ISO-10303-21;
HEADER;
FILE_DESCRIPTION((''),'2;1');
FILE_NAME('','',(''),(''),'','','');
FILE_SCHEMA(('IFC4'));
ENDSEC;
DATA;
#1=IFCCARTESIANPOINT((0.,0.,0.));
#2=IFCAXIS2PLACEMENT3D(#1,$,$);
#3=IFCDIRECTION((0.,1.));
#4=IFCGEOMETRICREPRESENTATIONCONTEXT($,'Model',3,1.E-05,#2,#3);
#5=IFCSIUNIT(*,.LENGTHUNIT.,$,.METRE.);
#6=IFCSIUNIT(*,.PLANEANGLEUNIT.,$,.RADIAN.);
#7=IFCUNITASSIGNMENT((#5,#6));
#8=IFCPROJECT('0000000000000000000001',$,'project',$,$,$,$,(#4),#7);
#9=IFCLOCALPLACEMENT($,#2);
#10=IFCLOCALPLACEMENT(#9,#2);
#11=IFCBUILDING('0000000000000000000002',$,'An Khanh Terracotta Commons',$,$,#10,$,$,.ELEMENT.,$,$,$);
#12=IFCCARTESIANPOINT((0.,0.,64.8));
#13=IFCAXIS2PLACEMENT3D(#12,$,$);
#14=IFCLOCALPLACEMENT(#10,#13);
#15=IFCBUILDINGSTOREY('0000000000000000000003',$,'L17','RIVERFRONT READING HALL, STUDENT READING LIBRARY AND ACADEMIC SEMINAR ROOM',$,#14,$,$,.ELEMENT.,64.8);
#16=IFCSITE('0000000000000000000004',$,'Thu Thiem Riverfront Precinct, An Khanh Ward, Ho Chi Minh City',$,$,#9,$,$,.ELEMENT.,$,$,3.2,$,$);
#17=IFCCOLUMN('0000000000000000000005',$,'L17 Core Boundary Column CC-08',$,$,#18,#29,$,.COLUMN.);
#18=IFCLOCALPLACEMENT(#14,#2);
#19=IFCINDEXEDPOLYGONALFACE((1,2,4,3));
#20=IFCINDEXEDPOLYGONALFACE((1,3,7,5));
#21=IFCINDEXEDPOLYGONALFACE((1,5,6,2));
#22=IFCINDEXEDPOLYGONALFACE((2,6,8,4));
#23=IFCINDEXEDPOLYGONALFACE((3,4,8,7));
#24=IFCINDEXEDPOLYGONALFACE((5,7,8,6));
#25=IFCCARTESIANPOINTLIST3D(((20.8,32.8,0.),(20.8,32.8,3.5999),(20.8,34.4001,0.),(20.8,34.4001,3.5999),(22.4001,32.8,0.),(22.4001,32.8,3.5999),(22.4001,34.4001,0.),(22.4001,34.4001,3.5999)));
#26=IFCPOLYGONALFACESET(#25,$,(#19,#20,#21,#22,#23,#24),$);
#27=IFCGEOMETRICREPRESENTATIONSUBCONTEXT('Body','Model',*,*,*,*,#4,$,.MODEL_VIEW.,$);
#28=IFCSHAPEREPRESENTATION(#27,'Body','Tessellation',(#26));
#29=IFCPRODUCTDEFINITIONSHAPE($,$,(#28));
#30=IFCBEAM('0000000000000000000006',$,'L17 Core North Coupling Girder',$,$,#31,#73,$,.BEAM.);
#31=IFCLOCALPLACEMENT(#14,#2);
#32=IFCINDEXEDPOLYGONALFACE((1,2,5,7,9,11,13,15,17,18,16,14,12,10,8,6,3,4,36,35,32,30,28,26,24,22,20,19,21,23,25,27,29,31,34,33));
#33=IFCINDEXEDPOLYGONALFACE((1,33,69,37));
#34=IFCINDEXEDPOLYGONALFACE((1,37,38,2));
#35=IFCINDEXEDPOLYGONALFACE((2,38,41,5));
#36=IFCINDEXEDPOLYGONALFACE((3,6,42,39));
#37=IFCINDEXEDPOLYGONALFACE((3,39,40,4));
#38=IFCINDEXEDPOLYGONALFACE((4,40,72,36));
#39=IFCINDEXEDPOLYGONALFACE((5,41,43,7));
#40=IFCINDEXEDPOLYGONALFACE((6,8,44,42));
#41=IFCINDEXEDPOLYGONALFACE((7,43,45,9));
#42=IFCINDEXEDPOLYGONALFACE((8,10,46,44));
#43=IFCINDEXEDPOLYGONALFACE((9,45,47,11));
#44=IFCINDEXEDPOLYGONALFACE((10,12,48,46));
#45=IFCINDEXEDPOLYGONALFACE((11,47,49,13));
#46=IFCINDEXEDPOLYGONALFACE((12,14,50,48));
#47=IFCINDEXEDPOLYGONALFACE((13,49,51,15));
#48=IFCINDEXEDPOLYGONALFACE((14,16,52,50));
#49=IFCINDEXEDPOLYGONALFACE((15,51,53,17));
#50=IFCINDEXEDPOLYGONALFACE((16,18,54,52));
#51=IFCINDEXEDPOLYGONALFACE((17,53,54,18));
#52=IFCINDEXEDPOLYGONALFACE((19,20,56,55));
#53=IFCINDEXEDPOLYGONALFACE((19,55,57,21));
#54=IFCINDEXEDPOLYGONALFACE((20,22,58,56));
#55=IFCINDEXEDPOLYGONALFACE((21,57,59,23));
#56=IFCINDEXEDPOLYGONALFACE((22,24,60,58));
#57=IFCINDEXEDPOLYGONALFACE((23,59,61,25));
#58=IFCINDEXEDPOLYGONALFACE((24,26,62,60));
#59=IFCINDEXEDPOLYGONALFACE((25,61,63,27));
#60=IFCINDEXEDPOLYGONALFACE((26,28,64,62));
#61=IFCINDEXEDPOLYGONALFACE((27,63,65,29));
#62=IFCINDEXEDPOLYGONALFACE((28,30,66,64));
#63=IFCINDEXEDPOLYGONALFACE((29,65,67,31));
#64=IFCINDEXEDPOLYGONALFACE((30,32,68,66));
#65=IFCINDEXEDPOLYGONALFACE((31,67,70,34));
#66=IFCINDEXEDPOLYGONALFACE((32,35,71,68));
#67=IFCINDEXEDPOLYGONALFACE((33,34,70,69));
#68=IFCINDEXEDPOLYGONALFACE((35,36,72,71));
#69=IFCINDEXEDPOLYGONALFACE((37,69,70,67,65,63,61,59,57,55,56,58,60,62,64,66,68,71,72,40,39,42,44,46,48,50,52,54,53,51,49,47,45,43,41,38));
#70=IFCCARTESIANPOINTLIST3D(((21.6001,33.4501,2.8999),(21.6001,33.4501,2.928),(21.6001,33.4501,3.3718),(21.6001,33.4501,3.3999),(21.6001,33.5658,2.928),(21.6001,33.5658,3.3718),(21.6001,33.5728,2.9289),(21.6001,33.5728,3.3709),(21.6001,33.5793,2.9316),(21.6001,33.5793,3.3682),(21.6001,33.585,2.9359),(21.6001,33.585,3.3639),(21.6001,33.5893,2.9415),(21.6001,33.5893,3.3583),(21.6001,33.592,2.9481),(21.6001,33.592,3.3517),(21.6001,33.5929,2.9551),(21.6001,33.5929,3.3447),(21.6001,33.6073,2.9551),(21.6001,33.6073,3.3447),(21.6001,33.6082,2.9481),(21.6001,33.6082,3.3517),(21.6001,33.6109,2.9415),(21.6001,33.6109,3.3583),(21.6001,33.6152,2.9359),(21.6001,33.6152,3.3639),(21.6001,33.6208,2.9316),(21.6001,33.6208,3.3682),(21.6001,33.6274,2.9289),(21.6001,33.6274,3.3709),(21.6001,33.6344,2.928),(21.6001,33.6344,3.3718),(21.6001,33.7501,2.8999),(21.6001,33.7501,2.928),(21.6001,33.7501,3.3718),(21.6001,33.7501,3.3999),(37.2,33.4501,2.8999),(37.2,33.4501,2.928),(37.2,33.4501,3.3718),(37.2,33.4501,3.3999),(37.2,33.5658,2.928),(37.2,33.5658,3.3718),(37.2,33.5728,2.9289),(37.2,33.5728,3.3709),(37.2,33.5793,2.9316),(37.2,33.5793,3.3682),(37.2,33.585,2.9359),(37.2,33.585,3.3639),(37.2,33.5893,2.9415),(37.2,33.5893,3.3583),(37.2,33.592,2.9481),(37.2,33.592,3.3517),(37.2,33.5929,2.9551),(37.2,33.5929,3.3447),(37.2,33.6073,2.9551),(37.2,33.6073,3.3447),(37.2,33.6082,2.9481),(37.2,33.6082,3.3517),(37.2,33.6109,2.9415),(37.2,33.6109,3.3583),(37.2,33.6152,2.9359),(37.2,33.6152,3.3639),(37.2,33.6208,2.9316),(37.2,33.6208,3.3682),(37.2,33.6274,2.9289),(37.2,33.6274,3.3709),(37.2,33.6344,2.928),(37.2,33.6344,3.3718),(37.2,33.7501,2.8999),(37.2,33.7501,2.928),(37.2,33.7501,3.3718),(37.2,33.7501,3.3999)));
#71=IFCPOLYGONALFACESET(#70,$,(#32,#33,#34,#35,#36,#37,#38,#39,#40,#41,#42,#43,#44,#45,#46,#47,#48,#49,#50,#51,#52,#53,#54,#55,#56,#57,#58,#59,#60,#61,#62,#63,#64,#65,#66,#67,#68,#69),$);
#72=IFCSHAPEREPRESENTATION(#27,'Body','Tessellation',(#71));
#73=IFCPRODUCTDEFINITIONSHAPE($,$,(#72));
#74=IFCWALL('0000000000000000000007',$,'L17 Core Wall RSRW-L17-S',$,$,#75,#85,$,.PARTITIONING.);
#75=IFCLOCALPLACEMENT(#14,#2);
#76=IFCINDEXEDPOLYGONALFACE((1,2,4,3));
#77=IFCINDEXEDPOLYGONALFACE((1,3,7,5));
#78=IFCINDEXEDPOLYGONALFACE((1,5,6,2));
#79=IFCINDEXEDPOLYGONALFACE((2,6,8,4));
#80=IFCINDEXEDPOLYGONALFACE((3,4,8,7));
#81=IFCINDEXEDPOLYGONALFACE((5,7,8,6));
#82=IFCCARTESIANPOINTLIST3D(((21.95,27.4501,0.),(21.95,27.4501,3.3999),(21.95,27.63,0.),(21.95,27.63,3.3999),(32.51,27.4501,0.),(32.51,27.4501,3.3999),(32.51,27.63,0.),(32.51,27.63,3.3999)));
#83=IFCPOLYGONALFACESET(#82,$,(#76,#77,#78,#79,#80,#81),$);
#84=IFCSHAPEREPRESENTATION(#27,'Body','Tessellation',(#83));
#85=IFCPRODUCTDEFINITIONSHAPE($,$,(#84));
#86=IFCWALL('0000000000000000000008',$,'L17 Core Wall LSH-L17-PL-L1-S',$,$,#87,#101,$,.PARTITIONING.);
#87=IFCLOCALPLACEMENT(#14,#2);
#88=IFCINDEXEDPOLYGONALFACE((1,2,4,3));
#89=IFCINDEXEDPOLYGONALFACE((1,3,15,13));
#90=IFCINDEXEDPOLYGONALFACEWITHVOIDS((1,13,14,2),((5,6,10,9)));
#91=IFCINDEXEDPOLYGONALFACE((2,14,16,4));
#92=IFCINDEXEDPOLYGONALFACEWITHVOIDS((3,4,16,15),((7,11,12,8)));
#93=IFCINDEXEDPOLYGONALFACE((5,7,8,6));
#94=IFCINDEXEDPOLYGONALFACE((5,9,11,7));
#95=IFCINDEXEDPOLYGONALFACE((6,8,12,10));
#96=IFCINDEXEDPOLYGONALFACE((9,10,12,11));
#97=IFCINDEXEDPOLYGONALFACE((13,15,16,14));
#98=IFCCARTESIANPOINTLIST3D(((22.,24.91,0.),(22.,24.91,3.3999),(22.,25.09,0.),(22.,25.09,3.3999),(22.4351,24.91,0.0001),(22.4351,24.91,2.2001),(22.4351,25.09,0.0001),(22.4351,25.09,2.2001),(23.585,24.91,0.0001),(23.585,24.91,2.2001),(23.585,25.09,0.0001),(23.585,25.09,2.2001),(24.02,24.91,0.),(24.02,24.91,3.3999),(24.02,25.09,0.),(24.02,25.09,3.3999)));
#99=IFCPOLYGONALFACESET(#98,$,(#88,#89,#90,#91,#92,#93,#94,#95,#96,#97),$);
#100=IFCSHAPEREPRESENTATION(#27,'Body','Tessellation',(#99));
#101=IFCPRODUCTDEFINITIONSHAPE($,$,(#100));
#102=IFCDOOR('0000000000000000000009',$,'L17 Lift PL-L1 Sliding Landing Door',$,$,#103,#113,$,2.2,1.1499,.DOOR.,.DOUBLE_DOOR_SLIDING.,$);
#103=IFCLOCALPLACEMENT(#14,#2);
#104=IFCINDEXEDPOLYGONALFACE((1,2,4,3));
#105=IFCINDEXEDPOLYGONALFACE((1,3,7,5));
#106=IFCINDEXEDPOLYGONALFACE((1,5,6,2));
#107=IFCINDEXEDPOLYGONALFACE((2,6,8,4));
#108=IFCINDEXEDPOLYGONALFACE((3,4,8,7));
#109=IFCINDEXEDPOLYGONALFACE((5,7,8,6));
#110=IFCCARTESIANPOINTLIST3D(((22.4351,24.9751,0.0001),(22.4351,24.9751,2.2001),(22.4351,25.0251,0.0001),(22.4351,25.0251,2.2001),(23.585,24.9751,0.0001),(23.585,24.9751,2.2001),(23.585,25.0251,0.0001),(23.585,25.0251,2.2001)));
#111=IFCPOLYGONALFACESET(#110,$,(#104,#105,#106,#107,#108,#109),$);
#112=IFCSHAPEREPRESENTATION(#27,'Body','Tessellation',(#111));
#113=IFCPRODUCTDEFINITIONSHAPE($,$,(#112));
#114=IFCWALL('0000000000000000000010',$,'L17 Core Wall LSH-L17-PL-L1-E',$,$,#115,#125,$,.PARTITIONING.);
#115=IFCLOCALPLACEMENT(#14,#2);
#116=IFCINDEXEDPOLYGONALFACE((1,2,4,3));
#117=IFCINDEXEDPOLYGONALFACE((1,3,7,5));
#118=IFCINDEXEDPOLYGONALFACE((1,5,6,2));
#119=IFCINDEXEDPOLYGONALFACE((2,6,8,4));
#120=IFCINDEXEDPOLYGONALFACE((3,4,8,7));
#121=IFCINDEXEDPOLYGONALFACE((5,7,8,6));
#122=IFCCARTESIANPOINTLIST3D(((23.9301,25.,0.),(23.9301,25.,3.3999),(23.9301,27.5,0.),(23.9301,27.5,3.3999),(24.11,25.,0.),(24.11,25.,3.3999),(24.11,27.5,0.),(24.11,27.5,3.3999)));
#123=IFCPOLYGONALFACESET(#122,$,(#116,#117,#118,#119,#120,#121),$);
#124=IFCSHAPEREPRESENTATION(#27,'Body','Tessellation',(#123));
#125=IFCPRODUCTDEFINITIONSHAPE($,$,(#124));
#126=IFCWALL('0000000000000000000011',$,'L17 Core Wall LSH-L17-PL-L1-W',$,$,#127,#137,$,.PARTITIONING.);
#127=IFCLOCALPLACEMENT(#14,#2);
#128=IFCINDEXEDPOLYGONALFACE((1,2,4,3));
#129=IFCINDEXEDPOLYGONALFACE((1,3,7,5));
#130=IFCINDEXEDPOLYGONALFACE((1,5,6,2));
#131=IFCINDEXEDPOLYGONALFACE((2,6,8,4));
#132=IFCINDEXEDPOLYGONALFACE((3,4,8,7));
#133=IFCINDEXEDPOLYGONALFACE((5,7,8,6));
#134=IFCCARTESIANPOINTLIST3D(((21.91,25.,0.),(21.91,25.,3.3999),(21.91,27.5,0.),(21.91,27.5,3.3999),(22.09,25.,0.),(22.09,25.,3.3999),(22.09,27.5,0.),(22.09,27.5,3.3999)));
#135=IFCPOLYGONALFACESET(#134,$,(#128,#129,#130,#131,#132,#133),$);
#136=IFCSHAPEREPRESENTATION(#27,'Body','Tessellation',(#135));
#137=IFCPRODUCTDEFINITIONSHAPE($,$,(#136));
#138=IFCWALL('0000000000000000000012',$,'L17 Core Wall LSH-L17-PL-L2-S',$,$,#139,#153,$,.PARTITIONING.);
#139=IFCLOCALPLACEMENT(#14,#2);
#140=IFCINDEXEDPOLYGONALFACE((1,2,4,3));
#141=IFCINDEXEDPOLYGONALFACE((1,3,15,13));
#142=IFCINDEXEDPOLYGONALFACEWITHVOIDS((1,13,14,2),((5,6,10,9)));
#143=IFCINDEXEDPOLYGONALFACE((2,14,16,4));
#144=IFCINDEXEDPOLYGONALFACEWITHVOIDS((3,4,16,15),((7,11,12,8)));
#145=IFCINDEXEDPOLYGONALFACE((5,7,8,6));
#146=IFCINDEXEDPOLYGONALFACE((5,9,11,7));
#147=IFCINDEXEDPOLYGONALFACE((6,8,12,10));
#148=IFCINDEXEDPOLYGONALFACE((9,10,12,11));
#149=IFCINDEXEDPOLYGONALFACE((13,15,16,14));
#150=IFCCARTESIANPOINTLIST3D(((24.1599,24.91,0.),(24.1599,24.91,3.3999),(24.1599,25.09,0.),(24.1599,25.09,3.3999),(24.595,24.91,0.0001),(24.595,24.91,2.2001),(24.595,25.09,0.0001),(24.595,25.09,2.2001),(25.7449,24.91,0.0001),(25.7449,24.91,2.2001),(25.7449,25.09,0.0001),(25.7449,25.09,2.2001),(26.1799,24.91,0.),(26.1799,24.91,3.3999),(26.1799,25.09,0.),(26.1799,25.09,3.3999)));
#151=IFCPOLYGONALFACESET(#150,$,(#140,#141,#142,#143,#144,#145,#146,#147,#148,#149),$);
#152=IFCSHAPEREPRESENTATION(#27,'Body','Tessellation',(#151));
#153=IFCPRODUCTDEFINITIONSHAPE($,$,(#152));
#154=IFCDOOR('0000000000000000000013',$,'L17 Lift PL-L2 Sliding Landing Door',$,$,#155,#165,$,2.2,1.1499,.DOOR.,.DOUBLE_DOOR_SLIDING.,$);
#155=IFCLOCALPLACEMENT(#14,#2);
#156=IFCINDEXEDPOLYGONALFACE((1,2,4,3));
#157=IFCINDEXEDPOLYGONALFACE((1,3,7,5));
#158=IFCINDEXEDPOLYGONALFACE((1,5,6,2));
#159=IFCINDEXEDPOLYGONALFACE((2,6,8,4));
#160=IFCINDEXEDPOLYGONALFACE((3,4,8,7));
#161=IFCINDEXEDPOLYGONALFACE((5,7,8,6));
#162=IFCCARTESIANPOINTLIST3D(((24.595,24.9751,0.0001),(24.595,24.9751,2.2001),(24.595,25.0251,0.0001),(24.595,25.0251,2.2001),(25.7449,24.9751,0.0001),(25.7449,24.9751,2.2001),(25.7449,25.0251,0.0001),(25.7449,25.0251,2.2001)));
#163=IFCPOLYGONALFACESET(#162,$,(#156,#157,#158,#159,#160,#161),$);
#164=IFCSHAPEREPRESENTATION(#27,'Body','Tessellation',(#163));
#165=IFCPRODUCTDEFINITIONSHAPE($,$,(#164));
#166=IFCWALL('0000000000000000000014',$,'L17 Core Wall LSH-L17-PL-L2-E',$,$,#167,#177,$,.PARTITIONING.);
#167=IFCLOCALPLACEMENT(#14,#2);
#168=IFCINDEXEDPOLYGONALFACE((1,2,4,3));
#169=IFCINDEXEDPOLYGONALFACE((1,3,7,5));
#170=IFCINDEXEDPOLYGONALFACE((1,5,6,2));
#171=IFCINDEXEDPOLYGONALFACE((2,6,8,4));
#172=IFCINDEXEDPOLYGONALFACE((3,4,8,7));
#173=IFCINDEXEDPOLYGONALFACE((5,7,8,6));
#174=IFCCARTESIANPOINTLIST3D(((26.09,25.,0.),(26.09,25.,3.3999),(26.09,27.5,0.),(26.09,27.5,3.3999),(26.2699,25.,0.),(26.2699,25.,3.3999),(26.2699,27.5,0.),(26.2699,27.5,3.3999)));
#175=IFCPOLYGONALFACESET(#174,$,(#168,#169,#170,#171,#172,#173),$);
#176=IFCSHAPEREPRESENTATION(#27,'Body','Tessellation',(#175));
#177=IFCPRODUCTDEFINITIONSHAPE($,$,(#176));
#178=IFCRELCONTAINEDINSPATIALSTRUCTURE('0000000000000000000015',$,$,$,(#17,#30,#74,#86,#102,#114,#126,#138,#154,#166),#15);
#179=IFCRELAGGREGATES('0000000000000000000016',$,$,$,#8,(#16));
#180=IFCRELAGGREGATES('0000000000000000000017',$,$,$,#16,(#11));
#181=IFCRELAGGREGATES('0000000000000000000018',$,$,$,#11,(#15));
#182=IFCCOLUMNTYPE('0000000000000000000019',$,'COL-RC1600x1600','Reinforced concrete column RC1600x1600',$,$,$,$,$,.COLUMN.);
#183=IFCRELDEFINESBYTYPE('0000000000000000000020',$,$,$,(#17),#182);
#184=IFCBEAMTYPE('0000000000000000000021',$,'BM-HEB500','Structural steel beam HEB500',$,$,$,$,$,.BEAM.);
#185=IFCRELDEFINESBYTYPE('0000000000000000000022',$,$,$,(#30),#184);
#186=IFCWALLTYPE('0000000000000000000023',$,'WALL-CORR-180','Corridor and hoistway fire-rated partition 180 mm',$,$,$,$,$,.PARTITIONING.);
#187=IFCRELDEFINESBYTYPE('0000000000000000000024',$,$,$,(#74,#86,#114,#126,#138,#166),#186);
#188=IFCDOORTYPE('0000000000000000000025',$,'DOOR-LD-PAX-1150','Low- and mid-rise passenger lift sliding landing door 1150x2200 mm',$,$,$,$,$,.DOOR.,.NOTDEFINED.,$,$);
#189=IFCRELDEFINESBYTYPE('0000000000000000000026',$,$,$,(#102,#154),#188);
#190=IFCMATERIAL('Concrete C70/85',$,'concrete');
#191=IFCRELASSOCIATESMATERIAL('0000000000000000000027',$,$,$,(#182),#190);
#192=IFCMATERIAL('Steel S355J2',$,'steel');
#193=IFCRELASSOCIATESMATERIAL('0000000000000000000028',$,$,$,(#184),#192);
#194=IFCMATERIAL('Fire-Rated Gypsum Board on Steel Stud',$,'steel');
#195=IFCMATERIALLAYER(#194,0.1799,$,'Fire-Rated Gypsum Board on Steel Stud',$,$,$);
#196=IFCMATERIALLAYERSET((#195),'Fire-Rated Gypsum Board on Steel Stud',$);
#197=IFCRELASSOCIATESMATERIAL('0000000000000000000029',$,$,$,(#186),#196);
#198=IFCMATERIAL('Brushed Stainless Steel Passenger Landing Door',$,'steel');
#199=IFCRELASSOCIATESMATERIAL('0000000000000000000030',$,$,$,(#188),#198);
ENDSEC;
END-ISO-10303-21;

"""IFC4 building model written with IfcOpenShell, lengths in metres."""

from ifc_helpers import new_model, si_unit, direction, frame, frame_2d, origin, origin_2d, place, context, subcontext, project, spatial, rectangle, i_section, extrude, material, layer, layer_set, material_profile, profile_set, type_object, element, fill, save


model = new_model("IFC4")

# Units and contexts
model_context = context("Model", 3, precision=1e-05, world=origin(), true_north=direction((0.0, 1.0)))
body_context = subcontext(model_context, "Body", "Model", "MODEL_VIEW")
ifc_project = project(units=[si_unit("LENGTHUNIT", "METRE"), si_unit("PLANEANGLEUNIT", "RADIAN")], contexts=[model_context])

# Site, building, storey
site_placement = place(None, origin())
site = spatial("IfcSite", under=ifc_project, at=site_placement, Name="Thu Thiem Riverfront Precinct, An Khanh Ward, Ho Chi Minh City", CompositionType="ELEMENT", RefElevation=3.2)
building_placement = place(site_placement, origin())
building = spatial("IfcBuilding", under=site, at=building_placement, Name="An Khanh Terracotta Commons", CompositionType="ELEMENT")
storey_placement = place(building_placement, frame((0.0, 0.0, 64.8)))
storey = spatial("IfcBuildingStorey", under=building, at=storey_placement, Name="L17", Description="RIVERFRONT READING HALL, STUDENT READING LIBRARY AND ACADEMIC SEMINAR ROOM", CompositionType="ELEMENT", Elevation=64.8)

# Column
ifc_material_1 = material(Name="Concrete C70/85", Category="concrete")
ifc_material_profile_1 = material_profile(ifc_material_1, rectangle(XDim=1.6001, YDim=1.6001, at=origin_2d()), Name="RC1600x1600")
ifc_profile_set_1 = profile_set([ifc_material_profile_1], Name="Concrete C70/85")
column_type = type_object("IfcColumnType", Name="COL-RC1600x1600", Description="Reinforced concrete column RC1600x1600", PredefinedType="COLUMN", material=ifc_profile_set_1)
column_placement = place(storey_placement, frame((21.6001, 33.6001, 0.0), z_axis=(0.0, 0.0, 1.0), x_axis=(1.0, 0.0, 0.0)))
element("IfcColumn", 1, at=column_placement, inside=storey, type_object=column_type, Name="L17 Core Boundary Column CC-08", PredefinedType="COLUMN", context=body_context, shape_type="SweptSolid", body=[
    extrude(rectangle(XDim=1.6001, YDim=1.6001, at=origin_2d()), origin(), (0.0, 0.0, 1.0), 3.5999),
])

# Beam
ifc_material_2 = material(Name="Steel S355J2", Category="steel")
ifc_material_profile_2 = material_profile(ifc_material_2, i_section(OverallWidth=0.3, OverallDepth=0.5, WebThickness=0.0144, FlangeThickness=0.0281, FilletRadius=0.0271, at=origin_2d()), Name="HEB500")
ifc_profile_set_2 = profile_set([ifc_material_profile_2], Name="Steel S355J2")
beam_type = type_object("IfcBeamType", Name="BM-HEB500", Description="Structural steel beam HEB500", PredefinedType="BEAM", material=ifc_profile_set_2)
beam_placement = place(storey_placement, frame((21.6001, 33.6001, 3.1499), z_axis=(1.0, 0.0, 0.0), x_axis=(0.0, 1.0, 0.0)))
element("IfcBeam", 2, at=beam_placement, inside=storey, type_object=beam_type, Name="L17 Core North Coupling Girder", PredefinedType="BEAM", context=body_context, shape_type="SweptSolid", body=[
    extrude(i_section(OverallWidth=0.3, OverallDepth=0.5, WebThickness=0.0144, FlangeThickness=0.0281, FilletRadius=0.0271, at=origin_2d()), origin(), (0.0, 0.0, 1.0), 15.5999),
])

# Wall
ifc_material_3 = material(Name="Fire-Rated Gypsum Board on Steel Stud", Category="steel")
ifc_layer_1 = layer(ifc_material_3, 0.1799, Name="Fire-Rated Gypsum Board on Steel Stud")
ifc_layer_set_1 = layer_set([ifc_layer_1], Name="Fire-Rated Gypsum Board on Steel Stud")
wall_type_1 = type_object("IfcWallType", Name="WALL-CORR-180", Description="Corridor and hoistway fire-rated partition 180 mm", PredefinedType="PARTITIONING", material=ifc_layer_set_1)
wall_1_placement = place(storey_placement, frame((21.95, 27.54, 0.0), z_axis=(0.0, 0.0, 1.0), x_axis=(1.0, 0.0, 0.0)))
element("IfcWall", 3, at=wall_1_placement, inside=storey, type_object=wall_type_1, Name="L17 Core Wall RSRW-L17-S", PredefinedType="PARTITIONING", context=body_context, shape_type="SweptSolid", body=[
    extrude(rectangle(XDim=10.5601, YDim=0.1799, at=frame_2d((5.28, 0.0))), origin(), (0.0, 0.0, 1.0), 3.3999),
])

# Wall, opening, door
wall_2_placement = place(storey_placement, frame((24.02, 25.0, 0.0), z_axis=(0.0, 0.0, 1.0), x_axis=(-1.0, 0.0, 0.0)))
wall_2 = element("IfcWall", 4, at=wall_2_placement, inside=storey, type_object=wall_type_1, Name="L17 Core Wall LSH-L17-PL-L1-S", PredefinedType="PARTITIONING", context=body_context, shape_type="SweptSolid", body=[
    extrude(rectangle(XDim=2.02, YDim=0.1799, at=frame_2d((1.01, 0.0))), origin(), (0.0, 0.0, 1.0), 3.3999),
])
opening_1_placement = place(wall_2_placement, frame((0.4351, 0.0, 0.0)))
opening_1 = element("IfcOpeningElement", 5, at=opening_1_placement, cuts=wall_2, PredefinedType="OPENING", context=body_context, shape_type="SweptSolid", body=[
    extrude(rectangle(XDim=1.1499, YDim=2.2, at=frame_2d((0.575, 1.1001))), frame((0.0, 0.0999, 0.0), z_axis=(0.0, -1.0, 0.0), x_axis=(1.0, 0.0, 0.0)), (0.0, 0.0, 1.0), 0.2),
])
ifc_material_4 = material(Name="Brushed Stainless Steel Passenger Landing Door", Category="steel")
door_type = type_object("IfcDoorType", Name="DOOR-LD-PAX-1150", Description="Low- and mid-rise passenger lift sliding landing door 1150x2200 mm", OperationType="NOTDEFINED", PredefinedType="DOOR", material=ifc_material_4)
door_1_placement = place(opening_1_placement, origin())
door_1 = element("IfcDoor", 6, at=door_1_placement, inside=storey, type_object=door_type, Name="L17 Lift PL-L1 Sliding Landing Door", OperationType="DOUBLE_DOOR_SLIDING", OverallHeight=2.2, OverallWidth=1.1499, PredefinedType="DOOR", context=body_context, shape_type="SweptSolid", body=[
    extrude(rectangle(XDim=1.1499, YDim=2.2, at=frame_2d((0.575, 1.1001))), frame((0.0, 0.0249, 0.0), z_axis=(0.0, -1.0, 0.0), x_axis=(1.0, 0.0, 0.0)), (0.0, 0.0, 1.0), 0.05),
])
fill(opening_1, door_1)

# Walls
for number, where, z_axis, x_axis, name in (
    (7, (24.02, 25.0, 0.0), (0.0, 0.0, 1.0), (0.0, 1.0, 0.0), "L17 Core Wall LSH-L17-PL-L1-E"),
    (8, (22.0, 27.5, 0.0), (0.0, 0.0, 1.0), (0.0, -1.0, 0.0), "L17 Core Wall LSH-L17-PL-L1-W"),
):
    element("IfcWall", number, at=place(storey_placement, frame(where, z_axis=z_axis, x_axis=x_axis)), inside=storey, type_object=wall_type_1, Name=name, PredefinedType="PARTITIONING", context=body_context, shape_type="SweptSolid", body=[
        extrude(rectangle(XDim=2.5, YDim=0.1799, at=frame_2d((1.25, 0.0))), origin(), (0.0, 0.0, 1.0), 3.3999),
    ])

# Wall, opening, door
wall_3_placement = place(storey_placement, frame((26.1799, 25.0, 0.0), z_axis=(0.0, 0.0, 1.0), x_axis=(-1.0, 0.0, 0.0)))
wall_3 = element("IfcWall", 9, at=wall_3_placement, inside=storey, type_object=wall_type_1, Name="L17 Core Wall LSH-L17-PL-L2-S", PredefinedType="PARTITIONING", context=body_context, shape_type="SweptSolid", body=[
    extrude(rectangle(XDim=2.02, YDim=0.1799, at=frame_2d((1.01, 0.0))), origin(), (0.0, 0.0, 1.0), 3.3999),
])
opening_2_placement = place(wall_3_placement, frame((0.4351, 0.0, 0.0)))
opening_2 = element("IfcOpeningElement", 10, at=opening_2_placement, cuts=wall_3, PredefinedType="OPENING", context=body_context, shape_type="SweptSolid", body=[
    extrude(rectangle(XDim=1.1499, YDim=2.2, at=frame_2d((0.575, 1.1001))), frame((0.0, 0.0999, 0.0), z_axis=(0.0, -1.0, 0.0), x_axis=(1.0, 0.0, 0.0)), (0.0, 0.0, 1.0), 0.2),
])
door_2_placement = place(opening_2_placement, origin())
door_2 = element("IfcDoor", 11, at=door_2_placement, inside=storey, type_object=door_type, Name="L17 Lift PL-L2 Sliding Landing Door", OperationType="DOUBLE_DOOR_SLIDING", OverallHeight=2.2, OverallWidth=1.1499, PredefinedType="DOOR", context=body_context, shape_type="SweptSolid", body=[
    extrude(rectangle(XDim=1.1499, YDim=2.2, at=frame_2d((0.575, 1.1001))), frame((0.0, 0.0249, 0.0), z_axis=(0.0, -1.0, 0.0), x_axis=(1.0, 0.0, 0.0)), (0.0, 0.0, 1.0), 0.05),
])
fill(opening_2, door_2)

# Wall
wall_4_placement = place(storey_placement, frame((26.1799, 25.0, 0.0), z_axis=(0.0, 0.0, 1.0), x_axis=(0.0, 1.0, 0.0)))
element("IfcWall", 12, at=wall_4_placement, inside=storey, type_object=wall_type_1, Name="L17 Core Wall LSH-L17-PL-L2-E", PredefinedType="PARTITIONING", context=body_context, shape_type="SweptSolid", body=[
    extrude(rectangle(XDim=2.5, YDim=0.1799, at=frame_2d((1.25, 0.0))), origin(), (0.0, 0.0, 1.0), 3.3999),
])

save(model, "model.ifc")
